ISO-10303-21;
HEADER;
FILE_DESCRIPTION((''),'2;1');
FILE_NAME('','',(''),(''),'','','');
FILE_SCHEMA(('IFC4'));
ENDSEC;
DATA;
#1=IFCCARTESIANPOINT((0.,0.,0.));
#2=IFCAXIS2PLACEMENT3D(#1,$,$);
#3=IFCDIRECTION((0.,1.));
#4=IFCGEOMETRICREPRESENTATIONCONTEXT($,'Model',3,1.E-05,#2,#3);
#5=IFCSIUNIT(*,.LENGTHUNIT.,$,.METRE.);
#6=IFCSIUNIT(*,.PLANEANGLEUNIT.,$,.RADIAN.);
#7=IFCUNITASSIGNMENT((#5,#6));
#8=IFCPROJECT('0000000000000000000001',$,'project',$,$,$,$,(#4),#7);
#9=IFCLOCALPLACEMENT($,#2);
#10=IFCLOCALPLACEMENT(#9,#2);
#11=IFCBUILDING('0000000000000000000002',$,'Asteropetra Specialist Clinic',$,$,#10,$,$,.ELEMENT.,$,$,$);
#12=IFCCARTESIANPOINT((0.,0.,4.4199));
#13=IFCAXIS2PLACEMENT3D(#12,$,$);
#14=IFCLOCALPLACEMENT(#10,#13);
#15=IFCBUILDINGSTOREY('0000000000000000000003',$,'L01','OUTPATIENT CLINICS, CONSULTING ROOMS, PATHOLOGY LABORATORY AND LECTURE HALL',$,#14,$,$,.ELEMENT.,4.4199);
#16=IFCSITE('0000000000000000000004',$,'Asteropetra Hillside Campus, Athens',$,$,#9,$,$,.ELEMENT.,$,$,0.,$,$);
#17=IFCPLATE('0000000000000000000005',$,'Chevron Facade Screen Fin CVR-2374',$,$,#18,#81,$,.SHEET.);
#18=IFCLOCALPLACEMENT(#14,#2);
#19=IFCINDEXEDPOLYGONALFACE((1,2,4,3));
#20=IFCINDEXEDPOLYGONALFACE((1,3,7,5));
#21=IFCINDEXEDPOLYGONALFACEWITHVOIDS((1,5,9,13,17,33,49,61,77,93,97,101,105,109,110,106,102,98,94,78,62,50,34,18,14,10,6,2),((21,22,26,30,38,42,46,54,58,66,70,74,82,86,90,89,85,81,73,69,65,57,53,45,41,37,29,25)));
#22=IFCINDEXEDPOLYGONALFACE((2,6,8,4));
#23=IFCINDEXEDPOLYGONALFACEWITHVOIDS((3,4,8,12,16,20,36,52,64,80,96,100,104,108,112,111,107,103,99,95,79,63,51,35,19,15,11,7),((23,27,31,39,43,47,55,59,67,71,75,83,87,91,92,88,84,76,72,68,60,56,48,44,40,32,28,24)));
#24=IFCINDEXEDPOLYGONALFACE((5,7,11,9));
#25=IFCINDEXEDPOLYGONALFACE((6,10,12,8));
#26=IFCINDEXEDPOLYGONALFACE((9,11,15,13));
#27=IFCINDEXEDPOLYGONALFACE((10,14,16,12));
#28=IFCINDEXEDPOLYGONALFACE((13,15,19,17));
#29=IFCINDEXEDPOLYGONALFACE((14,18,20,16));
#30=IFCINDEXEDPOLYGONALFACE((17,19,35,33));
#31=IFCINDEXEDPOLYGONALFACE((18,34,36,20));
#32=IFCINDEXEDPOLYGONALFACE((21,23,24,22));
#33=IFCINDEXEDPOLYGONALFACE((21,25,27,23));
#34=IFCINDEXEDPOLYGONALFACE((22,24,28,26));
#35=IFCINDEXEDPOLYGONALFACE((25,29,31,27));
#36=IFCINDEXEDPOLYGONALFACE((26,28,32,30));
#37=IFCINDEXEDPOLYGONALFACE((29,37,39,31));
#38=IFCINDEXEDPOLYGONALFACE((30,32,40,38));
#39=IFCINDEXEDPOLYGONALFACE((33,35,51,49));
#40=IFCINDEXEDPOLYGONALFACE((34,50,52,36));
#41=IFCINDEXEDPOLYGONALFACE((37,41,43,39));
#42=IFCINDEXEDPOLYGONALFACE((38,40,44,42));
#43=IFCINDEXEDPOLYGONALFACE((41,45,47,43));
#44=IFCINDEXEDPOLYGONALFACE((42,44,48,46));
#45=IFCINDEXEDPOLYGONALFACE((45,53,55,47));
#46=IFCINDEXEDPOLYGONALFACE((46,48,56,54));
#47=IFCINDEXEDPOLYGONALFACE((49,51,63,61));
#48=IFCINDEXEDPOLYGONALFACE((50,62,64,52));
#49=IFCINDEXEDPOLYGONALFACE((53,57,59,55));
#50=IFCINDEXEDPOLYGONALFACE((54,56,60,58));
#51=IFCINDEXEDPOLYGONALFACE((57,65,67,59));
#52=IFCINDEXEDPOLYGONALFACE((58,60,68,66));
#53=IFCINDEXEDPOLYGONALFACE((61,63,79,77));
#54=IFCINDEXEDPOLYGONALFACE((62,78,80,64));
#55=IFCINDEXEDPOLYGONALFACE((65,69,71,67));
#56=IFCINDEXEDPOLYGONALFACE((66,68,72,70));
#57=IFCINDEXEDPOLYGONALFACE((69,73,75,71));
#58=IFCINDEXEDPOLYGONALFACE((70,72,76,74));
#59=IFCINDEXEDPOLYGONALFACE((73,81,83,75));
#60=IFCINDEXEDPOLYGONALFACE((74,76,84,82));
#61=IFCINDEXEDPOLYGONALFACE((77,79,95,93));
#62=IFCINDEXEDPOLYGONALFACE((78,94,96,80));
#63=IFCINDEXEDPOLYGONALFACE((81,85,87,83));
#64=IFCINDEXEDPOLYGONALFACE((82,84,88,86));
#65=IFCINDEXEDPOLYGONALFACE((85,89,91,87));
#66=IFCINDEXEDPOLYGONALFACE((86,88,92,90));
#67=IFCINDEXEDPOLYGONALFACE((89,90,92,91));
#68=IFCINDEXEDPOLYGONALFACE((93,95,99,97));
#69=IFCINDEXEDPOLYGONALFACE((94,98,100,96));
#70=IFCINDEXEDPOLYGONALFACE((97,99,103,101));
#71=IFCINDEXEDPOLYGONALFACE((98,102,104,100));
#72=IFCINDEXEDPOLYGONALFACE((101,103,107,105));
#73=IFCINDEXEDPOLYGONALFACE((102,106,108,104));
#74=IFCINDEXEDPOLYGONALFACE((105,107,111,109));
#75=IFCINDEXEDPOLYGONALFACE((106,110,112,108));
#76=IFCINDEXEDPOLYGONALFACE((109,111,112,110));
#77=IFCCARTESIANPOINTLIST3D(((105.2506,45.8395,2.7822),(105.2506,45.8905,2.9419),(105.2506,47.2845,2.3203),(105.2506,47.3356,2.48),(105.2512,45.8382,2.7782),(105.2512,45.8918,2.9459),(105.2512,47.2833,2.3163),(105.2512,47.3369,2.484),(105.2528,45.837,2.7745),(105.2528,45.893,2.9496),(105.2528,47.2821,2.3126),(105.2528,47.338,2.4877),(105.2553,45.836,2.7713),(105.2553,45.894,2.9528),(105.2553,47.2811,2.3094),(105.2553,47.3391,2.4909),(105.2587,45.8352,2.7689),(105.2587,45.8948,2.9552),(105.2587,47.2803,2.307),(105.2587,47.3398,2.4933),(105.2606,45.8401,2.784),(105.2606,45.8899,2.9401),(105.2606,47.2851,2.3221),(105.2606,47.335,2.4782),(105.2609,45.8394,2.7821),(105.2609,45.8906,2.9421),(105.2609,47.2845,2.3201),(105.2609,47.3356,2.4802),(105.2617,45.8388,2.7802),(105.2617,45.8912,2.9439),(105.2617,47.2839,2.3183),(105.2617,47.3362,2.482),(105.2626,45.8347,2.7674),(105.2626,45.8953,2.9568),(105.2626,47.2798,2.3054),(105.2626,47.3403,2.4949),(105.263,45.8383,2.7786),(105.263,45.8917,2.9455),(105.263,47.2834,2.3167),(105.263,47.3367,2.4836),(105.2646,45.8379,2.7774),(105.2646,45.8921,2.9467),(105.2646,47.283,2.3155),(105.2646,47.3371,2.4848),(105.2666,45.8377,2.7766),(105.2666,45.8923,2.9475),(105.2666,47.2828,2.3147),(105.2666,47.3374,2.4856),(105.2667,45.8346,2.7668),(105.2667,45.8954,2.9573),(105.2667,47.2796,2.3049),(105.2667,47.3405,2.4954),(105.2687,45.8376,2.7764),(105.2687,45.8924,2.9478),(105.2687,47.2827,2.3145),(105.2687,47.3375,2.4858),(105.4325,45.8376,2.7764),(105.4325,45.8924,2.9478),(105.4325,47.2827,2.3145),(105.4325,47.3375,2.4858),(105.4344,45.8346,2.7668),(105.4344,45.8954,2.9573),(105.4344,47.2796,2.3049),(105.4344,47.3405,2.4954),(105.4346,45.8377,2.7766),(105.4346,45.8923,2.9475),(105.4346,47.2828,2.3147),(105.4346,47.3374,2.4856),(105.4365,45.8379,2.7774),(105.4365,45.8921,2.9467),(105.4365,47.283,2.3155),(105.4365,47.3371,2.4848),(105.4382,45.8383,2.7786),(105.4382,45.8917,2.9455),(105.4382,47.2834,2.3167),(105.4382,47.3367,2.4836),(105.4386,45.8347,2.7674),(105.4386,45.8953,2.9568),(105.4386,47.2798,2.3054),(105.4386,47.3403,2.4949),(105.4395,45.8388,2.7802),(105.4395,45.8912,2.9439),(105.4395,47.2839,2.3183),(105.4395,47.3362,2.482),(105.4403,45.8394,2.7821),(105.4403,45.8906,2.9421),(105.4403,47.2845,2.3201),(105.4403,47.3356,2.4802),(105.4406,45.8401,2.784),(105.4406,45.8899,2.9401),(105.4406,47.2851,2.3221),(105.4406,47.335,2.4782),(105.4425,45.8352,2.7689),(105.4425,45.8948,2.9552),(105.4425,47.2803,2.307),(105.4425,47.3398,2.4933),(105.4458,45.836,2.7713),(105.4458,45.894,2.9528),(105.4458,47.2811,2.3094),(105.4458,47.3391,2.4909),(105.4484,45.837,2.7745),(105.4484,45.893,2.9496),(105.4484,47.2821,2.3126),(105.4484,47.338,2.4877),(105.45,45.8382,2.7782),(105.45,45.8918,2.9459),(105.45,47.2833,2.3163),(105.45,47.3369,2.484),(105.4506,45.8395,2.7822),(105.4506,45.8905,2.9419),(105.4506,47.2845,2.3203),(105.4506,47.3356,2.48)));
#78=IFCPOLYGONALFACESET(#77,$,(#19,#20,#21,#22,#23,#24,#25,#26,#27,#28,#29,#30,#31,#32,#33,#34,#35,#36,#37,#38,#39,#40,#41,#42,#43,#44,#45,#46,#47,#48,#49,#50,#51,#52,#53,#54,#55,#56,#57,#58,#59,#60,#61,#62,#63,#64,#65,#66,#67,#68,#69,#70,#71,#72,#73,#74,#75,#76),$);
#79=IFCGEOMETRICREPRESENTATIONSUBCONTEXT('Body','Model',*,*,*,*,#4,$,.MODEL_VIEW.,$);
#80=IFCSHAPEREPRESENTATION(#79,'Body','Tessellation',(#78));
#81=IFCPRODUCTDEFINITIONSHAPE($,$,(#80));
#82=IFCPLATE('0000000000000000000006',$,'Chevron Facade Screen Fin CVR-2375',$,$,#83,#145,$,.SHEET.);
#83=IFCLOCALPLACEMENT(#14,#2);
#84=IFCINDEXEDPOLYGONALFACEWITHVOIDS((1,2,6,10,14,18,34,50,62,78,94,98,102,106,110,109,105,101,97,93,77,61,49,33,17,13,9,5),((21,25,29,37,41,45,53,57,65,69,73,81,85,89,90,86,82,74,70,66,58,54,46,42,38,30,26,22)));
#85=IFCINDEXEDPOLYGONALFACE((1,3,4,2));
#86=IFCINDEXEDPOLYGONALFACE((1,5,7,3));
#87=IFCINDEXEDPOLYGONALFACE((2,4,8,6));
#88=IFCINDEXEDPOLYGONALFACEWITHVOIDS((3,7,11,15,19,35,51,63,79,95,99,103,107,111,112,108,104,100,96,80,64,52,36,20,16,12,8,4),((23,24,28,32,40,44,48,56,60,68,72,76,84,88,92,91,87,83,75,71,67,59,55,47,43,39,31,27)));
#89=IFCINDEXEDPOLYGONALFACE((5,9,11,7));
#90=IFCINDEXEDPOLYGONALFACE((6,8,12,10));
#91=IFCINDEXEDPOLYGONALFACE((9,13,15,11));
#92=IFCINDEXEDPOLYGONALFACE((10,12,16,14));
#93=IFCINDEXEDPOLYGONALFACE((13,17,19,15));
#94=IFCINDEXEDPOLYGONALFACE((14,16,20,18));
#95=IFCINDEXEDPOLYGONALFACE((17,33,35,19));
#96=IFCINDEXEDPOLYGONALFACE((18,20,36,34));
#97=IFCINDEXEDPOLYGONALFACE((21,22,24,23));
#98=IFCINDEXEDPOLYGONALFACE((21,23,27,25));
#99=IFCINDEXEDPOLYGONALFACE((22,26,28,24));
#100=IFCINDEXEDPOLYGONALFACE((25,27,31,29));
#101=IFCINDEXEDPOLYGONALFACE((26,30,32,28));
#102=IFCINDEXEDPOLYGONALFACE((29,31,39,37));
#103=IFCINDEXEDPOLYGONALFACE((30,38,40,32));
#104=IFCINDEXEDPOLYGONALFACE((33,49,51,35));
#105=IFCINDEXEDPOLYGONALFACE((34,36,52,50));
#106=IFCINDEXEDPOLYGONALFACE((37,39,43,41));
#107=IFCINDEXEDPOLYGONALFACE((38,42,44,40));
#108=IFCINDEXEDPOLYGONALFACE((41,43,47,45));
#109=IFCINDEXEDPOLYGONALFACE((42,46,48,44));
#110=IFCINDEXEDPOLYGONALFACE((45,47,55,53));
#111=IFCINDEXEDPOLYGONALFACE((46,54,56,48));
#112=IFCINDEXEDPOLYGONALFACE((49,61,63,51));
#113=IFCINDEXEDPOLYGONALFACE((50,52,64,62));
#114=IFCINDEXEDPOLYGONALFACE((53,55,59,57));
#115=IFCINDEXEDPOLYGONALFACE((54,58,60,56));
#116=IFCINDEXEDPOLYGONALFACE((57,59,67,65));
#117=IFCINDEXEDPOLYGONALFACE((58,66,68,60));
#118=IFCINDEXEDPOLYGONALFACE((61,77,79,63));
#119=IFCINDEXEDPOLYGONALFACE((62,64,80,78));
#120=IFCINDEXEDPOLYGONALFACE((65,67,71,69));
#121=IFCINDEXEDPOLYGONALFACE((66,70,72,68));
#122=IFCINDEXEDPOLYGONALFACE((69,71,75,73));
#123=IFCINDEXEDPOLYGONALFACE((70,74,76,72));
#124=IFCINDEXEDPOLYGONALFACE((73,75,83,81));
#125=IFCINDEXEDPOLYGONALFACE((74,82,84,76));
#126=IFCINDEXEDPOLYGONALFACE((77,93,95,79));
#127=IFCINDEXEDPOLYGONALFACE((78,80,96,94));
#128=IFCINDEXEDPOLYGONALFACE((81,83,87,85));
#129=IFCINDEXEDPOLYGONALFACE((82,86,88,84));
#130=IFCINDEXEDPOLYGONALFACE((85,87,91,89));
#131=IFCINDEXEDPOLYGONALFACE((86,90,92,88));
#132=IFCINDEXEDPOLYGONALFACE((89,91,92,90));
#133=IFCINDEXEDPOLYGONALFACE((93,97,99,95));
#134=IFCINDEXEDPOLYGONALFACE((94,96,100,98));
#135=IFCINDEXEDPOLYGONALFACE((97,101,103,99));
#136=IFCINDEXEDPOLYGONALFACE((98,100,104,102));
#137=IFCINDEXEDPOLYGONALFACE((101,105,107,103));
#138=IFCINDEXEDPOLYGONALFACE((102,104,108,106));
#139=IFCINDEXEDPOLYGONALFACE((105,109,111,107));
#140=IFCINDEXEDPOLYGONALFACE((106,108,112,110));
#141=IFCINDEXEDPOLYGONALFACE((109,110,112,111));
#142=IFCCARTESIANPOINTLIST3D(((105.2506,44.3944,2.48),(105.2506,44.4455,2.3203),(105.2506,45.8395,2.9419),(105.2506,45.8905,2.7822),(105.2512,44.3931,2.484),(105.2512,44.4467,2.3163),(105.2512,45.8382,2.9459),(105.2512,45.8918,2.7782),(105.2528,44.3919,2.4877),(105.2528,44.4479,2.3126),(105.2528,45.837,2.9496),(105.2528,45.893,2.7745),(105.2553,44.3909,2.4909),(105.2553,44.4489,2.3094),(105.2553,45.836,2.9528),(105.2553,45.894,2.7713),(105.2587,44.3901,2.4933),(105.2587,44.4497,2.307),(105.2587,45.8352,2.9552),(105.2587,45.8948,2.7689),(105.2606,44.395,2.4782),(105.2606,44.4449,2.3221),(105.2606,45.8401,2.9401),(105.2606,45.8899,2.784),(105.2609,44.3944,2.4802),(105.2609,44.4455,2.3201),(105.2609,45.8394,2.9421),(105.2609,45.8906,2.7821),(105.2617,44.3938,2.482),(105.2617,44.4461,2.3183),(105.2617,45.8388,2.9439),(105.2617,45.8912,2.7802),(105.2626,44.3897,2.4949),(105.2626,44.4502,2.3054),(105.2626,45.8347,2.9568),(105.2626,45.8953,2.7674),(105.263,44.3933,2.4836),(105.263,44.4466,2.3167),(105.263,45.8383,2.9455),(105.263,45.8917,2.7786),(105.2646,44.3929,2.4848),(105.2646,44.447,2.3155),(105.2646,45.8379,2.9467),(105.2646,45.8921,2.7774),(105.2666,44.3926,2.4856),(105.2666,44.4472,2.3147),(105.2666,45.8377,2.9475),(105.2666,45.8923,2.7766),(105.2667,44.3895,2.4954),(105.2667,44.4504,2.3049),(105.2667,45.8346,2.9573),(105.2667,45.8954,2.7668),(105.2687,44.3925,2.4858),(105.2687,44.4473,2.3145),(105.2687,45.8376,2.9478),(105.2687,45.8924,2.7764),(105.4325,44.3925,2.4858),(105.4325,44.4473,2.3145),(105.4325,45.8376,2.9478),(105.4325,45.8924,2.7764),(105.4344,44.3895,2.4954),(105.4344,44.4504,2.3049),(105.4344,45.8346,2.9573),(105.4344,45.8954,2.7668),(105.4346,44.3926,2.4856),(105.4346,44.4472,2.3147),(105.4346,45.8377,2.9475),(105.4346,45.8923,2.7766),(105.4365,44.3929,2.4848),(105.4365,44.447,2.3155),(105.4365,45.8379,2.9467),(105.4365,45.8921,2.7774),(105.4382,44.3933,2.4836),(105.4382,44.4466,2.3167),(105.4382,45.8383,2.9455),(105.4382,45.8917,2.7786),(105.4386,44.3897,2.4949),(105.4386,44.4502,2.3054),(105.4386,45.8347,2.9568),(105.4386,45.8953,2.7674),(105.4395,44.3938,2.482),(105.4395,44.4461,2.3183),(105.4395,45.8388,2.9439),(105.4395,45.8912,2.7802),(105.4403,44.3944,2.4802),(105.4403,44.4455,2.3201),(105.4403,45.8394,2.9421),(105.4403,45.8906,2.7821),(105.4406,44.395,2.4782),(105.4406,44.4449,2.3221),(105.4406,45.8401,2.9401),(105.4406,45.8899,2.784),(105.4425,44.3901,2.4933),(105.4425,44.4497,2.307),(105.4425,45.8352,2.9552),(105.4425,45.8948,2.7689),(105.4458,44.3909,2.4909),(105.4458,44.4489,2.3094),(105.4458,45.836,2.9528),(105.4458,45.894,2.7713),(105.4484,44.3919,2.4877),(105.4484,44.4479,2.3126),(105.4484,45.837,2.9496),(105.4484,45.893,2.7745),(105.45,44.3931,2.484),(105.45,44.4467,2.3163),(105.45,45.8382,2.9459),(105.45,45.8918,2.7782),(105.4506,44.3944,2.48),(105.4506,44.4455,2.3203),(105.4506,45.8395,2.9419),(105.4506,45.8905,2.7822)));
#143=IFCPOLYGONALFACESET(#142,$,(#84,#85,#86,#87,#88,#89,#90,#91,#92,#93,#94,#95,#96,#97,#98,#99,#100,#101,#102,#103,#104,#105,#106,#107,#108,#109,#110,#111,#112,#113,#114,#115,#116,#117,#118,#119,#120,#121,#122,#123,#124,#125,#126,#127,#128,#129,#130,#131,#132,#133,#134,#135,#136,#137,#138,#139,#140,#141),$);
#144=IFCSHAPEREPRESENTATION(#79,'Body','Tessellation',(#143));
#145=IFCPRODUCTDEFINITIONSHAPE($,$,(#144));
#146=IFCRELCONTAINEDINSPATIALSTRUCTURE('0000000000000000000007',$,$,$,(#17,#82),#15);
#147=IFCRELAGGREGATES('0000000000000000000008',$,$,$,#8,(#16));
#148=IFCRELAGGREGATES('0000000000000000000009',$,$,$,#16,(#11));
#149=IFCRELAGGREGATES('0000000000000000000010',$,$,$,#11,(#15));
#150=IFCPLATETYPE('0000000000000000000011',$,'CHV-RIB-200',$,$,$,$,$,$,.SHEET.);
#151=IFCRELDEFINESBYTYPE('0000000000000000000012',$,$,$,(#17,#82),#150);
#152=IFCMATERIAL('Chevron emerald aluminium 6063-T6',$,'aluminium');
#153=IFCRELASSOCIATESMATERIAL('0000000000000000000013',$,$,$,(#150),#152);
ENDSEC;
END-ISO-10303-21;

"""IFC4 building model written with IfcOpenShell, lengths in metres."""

from ifc_helpers import new_model, si_unit, direction, frame, origin, origin_2d, place, context, subcontext, project, spatial, hollow_rectangle, extrude, material, material_profile, profile_set, type_object, element, save


model = new_model("IFC4")

# Units and contexts
model_context = context("Model", 3, precision=1e-05, world=origin(), true_north=direction((0.0, 1.0)))
body_context = subcontext(model_context, "Body", "Model", "MODEL_VIEW")
ifc_project = project(units=[si_unit("LENGTHUNIT", "METRE"), si_unit("PLANEANGLEUNIT", "RADIAN")], contexts=[model_context])

# Site, building, storey
site_placement = place(None, origin())
site = spatial("IfcSite", under=ifc_project, at=site_placement, Name="Asteropetra Hillside Campus, Athens", CompositionType="ELEMENT", RefElevation=0.0)
building_placement = place(site_placement, origin())
building = spatial("IfcBuilding", under=site, at=building_placement, Name="Asteropetra Specialist Clinic", CompositionType="ELEMENT")
storey_placement = place(building_placement, frame((0.0, 0.0, 4.4199)))
storey = spatial("IfcBuildingStorey", under=building, at=storey_placement, Name="L01", Description="OUTPATIENT CLINICS, CONSULTING ROOMS, PATHOLOGY LABORATORY AND LECTURE HALL", CompositionType="ELEMENT", Elevation=4.4199)

# Plates
ifc_material_1 = material(Name="Chevron emerald aluminium 6063-T6", Category="aluminium")
ifc_material_profile = material_profile(ifc_material_1, hollow_rectangle(XDim=0.2, YDim=0.2, WallThickness=0.01, InnerFilletRadius=0.0081, OuterFilletRadius=0.0161, at=origin_2d()), Name="SHS 200x200x10.0")
ifc_profile_set = profile_set([ifc_material_profile], Name="Chevron emerald aluminium 6063-T6")
plate_type = type_object("IfcPlateType", Name="CHV-RIB-200", PredefinedType="SHEET", material=ifc_profile_set)
for number, where, z_axis, x_axis, name in (
    (1, (105.3506, 47.3101, 2.4001), (0.0, -0.952521, 0.304472), (1.0, 0.0, 0.0), "Chevron Facade Screen Fin CVR-2374"),
    (2, (105.3506, 45.865, 2.8621), (0.0, -0.952521, -0.304472), (1.0, 0.0, 0.0), "Chevron Facade Screen Fin CVR-2375"),
):
    element("IfcPlate", number, at=place(storey_placement, frame(where, z_axis=z_axis, x_axis=x_axis)), inside=storey, type_object=plate_type, Name=name, PredefinedType="SHEET", context=body_context, shape_type="SweptSolid", body=[
        extrude(hollow_rectangle(XDim=0.2, YDim=0.2, WallThickness=0.01, InnerFilletRadius=0.0081, OuterFilletRadius=0.0161, at=origin_2d()), origin(), (0.0, 0.0, 1.0), 1.5171),
    ])

save(model, "model.ifc")
